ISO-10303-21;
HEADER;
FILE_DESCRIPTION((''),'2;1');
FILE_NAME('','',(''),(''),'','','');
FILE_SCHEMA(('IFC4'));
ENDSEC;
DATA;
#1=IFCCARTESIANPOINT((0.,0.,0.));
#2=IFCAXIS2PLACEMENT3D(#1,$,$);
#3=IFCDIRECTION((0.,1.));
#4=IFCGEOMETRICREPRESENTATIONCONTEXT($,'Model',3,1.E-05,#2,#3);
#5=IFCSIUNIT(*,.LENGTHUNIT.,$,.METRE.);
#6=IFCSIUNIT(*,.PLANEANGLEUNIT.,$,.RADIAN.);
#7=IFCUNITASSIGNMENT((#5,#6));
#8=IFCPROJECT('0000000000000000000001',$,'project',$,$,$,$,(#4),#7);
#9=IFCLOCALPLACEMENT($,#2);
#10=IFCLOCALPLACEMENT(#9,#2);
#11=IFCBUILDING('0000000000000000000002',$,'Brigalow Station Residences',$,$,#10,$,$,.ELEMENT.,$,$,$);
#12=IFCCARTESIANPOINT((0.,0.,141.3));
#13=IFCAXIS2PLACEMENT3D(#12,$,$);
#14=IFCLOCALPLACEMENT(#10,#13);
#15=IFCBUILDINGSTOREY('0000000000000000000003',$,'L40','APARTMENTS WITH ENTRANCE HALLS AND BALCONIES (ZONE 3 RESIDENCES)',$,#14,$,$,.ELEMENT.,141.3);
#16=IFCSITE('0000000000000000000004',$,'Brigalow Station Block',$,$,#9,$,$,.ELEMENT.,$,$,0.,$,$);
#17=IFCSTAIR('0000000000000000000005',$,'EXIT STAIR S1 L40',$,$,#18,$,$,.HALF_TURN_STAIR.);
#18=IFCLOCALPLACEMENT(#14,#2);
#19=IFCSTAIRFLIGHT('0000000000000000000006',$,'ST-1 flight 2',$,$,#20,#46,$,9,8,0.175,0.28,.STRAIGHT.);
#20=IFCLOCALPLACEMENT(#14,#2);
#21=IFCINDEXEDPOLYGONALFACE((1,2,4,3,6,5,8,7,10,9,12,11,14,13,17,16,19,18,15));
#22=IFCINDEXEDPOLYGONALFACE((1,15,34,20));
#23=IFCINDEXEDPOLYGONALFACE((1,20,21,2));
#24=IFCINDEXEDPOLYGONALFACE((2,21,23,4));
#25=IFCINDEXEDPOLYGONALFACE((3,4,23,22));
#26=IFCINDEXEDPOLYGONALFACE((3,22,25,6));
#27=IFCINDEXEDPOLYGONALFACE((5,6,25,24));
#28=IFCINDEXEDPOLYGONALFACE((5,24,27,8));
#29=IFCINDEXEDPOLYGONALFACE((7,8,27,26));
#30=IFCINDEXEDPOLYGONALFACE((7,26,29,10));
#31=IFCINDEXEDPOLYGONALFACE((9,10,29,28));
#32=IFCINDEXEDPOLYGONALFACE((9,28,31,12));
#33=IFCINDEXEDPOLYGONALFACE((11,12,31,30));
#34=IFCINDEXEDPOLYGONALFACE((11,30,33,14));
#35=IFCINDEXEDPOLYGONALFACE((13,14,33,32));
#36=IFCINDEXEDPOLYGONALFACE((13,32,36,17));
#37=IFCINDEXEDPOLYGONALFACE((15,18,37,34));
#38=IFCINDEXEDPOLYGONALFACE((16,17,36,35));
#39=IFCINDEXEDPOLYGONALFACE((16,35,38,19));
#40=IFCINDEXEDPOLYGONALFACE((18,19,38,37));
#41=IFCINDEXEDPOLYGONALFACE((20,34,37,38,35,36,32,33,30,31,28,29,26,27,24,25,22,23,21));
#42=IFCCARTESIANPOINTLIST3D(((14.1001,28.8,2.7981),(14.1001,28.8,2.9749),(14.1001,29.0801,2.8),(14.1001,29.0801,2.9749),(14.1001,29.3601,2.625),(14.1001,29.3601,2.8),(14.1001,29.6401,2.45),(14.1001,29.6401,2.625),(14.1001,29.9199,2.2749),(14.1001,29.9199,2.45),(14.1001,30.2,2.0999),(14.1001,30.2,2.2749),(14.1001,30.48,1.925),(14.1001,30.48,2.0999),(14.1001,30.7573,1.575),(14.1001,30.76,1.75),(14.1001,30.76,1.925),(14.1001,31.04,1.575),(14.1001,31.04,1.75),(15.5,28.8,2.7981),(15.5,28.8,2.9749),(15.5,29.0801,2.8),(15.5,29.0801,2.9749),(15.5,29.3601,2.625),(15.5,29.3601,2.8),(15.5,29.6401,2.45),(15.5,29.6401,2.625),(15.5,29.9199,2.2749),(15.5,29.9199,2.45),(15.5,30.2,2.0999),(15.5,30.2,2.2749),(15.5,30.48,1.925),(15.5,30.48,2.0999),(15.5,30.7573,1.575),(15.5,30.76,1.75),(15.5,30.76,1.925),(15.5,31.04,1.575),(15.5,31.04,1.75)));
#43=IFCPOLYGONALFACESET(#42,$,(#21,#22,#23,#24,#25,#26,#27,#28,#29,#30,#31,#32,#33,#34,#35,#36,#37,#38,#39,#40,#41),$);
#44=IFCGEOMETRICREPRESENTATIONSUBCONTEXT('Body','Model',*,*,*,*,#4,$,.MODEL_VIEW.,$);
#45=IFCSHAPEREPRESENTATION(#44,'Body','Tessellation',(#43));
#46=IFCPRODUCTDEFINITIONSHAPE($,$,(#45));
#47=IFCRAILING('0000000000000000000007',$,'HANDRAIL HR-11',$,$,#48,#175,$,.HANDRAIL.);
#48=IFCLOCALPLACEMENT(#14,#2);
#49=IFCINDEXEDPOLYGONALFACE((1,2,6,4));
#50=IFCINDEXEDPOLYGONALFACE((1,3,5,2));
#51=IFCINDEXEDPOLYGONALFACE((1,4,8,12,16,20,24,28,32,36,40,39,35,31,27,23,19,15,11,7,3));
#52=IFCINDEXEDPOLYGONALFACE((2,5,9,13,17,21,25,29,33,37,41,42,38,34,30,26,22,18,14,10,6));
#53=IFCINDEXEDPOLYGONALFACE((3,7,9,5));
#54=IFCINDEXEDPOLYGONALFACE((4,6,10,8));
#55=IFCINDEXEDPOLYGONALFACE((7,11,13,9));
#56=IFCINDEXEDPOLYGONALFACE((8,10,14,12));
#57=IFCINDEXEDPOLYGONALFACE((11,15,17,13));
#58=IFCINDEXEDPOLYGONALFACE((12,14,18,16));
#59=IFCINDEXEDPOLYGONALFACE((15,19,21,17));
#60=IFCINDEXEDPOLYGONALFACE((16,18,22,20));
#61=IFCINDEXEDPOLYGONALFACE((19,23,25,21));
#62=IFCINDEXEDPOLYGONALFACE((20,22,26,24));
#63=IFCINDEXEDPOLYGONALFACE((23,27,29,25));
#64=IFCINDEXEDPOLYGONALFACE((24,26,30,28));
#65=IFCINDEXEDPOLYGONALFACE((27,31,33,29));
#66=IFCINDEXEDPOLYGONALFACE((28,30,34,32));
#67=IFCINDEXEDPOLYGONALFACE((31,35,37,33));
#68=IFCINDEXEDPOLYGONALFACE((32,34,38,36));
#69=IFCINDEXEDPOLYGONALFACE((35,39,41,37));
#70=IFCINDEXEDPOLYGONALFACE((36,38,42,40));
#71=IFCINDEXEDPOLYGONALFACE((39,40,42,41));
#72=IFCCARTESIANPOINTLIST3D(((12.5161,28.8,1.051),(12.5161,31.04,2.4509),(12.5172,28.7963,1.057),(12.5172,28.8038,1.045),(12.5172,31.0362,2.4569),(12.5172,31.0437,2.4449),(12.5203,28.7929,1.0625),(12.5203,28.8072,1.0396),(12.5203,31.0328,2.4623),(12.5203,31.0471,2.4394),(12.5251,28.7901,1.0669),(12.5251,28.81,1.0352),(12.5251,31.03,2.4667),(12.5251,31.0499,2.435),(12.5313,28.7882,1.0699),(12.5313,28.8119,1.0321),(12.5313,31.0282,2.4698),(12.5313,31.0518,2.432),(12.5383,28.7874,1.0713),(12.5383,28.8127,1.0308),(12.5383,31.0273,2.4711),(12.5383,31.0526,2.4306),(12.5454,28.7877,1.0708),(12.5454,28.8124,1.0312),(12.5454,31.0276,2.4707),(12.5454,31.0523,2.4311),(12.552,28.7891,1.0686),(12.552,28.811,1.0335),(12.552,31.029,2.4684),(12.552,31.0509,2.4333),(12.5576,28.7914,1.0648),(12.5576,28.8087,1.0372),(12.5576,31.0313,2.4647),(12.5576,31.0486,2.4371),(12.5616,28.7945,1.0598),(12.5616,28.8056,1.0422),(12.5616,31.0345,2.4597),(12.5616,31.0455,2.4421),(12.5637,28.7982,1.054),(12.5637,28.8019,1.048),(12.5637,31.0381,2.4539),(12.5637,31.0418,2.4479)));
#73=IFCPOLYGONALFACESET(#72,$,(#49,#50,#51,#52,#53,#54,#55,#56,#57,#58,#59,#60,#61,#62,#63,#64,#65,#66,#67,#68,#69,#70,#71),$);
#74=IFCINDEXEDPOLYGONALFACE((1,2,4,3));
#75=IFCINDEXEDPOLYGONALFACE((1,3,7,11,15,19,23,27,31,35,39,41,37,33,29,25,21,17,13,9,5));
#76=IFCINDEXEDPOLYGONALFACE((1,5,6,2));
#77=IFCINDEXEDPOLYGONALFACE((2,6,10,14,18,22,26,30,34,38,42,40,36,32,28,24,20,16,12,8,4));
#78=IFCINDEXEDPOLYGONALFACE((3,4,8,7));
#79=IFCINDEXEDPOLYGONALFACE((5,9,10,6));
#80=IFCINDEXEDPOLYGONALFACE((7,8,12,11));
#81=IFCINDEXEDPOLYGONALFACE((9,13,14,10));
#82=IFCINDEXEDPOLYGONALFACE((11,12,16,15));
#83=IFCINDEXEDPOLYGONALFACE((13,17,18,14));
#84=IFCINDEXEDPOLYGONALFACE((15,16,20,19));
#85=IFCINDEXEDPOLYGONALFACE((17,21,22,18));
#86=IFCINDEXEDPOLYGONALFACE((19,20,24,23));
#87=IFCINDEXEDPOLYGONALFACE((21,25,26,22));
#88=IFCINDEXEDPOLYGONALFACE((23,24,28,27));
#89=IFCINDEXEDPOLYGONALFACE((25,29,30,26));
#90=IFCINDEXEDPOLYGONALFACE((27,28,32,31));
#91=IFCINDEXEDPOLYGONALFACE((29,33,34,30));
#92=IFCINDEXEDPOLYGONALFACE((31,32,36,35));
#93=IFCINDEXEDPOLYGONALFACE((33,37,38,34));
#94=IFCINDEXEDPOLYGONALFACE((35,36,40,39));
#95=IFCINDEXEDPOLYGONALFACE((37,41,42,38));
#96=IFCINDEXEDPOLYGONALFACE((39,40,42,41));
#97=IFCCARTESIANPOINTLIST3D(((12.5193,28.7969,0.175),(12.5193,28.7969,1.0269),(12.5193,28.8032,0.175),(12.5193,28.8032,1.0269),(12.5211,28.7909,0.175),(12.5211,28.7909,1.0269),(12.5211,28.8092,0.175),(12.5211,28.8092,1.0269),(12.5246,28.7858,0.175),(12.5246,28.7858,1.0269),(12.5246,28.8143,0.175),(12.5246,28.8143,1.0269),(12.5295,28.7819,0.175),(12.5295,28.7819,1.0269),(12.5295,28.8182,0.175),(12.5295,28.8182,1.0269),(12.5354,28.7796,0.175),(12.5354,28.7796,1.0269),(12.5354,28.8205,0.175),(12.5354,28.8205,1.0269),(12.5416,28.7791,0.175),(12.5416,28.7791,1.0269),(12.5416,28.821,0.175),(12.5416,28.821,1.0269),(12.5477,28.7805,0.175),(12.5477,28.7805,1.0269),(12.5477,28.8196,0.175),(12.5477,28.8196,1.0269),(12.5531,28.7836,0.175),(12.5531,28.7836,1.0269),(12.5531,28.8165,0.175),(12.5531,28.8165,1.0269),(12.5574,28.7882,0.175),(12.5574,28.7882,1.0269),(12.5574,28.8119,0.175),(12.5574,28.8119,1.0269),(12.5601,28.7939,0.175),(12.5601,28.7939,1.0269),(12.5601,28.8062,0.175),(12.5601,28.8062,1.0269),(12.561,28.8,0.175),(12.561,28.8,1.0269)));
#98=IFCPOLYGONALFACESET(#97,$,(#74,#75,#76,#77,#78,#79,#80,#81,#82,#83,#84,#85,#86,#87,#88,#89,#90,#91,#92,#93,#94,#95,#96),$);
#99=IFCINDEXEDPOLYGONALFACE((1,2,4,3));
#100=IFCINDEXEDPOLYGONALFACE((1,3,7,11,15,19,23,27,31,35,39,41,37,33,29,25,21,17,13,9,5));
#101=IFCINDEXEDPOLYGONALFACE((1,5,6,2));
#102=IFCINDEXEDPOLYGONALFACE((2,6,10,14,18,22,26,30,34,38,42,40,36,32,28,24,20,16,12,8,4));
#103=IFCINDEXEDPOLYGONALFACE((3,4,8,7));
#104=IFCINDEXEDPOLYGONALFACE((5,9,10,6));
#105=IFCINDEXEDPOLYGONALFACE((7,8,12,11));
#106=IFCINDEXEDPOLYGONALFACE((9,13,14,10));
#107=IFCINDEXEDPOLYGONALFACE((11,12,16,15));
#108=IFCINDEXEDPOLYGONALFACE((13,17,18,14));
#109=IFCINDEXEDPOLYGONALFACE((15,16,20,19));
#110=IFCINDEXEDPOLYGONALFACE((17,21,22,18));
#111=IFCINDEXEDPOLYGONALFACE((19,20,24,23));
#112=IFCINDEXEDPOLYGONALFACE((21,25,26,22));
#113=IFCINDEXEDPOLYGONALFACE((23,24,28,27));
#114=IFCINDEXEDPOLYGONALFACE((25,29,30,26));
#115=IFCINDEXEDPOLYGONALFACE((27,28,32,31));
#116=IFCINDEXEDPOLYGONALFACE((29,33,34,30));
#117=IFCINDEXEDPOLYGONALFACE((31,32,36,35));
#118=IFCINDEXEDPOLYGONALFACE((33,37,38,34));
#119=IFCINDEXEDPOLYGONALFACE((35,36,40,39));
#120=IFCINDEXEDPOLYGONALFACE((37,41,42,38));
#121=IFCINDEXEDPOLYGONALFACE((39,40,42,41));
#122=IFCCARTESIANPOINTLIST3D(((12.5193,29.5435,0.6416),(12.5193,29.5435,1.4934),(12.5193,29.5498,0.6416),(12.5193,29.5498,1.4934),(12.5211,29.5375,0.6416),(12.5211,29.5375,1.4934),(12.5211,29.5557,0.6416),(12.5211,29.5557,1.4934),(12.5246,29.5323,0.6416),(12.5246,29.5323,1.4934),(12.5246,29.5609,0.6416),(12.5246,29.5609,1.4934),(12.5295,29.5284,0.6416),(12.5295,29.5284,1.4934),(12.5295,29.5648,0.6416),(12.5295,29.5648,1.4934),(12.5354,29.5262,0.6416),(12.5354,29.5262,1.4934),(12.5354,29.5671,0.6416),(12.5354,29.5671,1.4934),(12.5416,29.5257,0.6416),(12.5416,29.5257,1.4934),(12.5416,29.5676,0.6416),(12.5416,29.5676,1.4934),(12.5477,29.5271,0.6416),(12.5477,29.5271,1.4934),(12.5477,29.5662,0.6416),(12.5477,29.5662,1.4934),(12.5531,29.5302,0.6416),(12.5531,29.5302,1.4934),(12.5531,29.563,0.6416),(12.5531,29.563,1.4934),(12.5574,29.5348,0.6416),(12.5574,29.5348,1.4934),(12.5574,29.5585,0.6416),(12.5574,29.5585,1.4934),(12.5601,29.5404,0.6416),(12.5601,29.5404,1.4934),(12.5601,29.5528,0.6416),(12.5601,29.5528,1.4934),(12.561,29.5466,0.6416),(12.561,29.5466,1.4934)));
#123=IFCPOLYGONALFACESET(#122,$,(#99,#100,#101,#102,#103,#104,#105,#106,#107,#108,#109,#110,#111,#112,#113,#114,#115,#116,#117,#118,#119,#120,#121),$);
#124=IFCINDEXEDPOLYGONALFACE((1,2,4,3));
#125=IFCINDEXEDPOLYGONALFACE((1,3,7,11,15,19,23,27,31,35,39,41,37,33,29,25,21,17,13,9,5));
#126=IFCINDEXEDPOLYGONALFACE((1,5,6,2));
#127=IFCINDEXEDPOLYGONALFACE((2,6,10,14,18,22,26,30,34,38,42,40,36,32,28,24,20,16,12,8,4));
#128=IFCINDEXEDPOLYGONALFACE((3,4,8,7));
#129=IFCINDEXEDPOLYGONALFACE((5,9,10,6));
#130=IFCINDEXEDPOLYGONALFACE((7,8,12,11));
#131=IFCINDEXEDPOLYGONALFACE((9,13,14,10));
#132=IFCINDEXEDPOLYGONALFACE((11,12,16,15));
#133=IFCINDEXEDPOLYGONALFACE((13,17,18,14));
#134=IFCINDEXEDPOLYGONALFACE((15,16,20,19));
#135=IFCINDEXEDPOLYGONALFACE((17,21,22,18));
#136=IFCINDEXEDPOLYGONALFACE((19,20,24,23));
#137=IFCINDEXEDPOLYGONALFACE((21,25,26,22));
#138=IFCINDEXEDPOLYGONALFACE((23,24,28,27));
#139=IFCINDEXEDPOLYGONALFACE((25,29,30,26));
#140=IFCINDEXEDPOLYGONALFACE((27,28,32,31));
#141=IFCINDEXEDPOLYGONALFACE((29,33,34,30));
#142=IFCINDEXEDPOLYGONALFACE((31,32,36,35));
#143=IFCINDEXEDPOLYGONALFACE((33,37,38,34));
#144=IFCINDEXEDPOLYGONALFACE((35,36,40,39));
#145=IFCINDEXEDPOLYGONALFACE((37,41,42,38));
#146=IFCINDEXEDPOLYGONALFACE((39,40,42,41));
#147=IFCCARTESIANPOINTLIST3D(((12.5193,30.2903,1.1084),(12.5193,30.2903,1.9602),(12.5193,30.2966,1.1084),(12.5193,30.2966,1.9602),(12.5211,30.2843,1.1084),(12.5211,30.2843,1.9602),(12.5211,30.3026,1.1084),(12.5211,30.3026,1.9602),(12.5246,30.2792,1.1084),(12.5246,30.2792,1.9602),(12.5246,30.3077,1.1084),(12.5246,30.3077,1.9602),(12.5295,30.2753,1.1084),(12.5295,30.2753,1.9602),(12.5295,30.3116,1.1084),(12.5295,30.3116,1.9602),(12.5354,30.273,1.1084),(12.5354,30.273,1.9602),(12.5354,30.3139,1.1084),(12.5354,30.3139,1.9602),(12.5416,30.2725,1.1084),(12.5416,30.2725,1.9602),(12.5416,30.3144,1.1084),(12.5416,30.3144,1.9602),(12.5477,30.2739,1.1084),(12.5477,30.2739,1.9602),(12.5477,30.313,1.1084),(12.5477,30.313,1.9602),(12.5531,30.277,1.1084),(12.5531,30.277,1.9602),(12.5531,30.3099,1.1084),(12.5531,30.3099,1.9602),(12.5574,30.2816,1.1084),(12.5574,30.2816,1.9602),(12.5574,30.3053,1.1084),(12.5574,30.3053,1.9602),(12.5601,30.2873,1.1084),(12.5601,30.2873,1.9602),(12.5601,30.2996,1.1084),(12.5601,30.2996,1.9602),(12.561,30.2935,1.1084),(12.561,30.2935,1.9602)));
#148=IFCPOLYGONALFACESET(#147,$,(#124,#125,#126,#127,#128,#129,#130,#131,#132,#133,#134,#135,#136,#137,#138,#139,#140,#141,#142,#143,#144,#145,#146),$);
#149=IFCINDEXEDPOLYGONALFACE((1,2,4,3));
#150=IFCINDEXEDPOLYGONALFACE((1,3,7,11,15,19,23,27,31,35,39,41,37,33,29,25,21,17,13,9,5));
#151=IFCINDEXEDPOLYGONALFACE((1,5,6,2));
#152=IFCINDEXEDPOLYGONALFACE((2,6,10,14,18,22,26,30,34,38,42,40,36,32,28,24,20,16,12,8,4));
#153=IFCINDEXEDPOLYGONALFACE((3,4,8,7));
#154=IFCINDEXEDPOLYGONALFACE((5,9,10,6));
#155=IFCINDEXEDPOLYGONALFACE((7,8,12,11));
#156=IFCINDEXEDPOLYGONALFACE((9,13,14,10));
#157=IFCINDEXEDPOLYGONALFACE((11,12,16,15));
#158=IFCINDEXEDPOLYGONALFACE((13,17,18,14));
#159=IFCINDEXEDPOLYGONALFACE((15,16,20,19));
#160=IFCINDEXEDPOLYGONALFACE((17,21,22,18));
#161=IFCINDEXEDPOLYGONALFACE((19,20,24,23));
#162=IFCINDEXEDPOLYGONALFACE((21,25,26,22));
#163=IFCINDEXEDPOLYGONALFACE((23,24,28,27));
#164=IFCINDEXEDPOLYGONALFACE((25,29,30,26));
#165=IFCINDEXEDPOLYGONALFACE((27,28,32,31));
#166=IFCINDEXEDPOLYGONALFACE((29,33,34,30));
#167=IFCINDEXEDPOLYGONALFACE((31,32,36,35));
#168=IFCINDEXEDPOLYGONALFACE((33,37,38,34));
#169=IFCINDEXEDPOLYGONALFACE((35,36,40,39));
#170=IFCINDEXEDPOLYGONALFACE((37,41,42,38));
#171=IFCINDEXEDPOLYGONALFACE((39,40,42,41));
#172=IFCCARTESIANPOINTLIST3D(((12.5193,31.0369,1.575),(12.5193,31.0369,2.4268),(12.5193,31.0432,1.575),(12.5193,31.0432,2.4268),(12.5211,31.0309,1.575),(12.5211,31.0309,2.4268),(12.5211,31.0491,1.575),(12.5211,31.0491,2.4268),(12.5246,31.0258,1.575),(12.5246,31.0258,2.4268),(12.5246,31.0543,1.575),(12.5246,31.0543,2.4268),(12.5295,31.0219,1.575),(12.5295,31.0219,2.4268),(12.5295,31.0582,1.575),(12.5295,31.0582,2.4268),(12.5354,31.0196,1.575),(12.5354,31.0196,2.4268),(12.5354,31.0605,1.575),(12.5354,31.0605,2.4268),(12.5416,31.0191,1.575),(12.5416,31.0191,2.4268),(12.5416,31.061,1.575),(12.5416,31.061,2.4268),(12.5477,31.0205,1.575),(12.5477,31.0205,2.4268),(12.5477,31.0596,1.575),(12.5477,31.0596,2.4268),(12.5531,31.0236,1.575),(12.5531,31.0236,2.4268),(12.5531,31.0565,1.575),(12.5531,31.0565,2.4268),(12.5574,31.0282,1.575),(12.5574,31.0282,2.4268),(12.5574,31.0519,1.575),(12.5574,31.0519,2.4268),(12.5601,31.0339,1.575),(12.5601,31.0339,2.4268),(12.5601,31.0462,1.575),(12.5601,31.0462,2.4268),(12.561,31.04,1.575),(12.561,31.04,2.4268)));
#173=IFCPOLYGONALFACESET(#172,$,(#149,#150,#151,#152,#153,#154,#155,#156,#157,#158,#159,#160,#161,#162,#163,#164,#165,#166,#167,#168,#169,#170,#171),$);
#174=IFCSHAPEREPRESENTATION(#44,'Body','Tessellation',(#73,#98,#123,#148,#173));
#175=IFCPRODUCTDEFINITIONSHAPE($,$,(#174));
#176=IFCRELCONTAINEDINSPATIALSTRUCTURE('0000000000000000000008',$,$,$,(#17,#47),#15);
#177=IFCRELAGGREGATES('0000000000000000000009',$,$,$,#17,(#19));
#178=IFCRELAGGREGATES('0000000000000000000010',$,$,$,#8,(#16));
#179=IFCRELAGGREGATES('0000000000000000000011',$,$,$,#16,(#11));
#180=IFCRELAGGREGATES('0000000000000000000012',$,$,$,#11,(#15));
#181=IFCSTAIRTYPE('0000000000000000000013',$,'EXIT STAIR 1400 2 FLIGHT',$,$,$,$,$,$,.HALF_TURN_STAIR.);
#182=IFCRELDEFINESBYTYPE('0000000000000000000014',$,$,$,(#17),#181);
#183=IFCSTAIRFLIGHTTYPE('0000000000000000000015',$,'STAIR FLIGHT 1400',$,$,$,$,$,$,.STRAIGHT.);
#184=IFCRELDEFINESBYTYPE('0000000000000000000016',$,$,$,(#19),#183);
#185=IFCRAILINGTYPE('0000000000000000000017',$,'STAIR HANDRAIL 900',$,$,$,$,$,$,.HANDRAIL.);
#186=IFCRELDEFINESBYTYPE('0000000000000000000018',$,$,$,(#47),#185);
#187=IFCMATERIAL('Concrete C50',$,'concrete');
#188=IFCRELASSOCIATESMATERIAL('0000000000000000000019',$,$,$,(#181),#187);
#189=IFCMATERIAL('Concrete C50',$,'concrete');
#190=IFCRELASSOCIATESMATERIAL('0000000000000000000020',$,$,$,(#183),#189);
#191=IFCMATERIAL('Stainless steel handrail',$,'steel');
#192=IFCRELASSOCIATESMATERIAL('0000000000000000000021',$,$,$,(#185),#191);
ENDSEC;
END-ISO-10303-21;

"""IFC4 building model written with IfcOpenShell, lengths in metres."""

from ifc_helpers import new_model, si_unit, direction, frame, origin, origin_2d, place, context, subcontext, project, spatial, polyline, circle, outline, extrude, material, type_object, element, aggregate, save


model = new_model("IFC4")

# Units and contexts
model_context = context("Model", 3, precision=1e-05, world=origin(), true_north=direction((0.0, 1.0)))
body_context = subcontext(model_context, "Body", "Model", "MODEL_VIEW")
ifc_project = project(units=[si_unit("LENGTHUNIT", "METRE"), si_unit("PLANEANGLEUNIT", "RADIAN")], contexts=[model_context])

# Site, building, storey
site_placement = place(None, origin())
site = spatial("IfcSite", under=ifc_project, at=site_placement, Name="Brigalow Station Block", CompositionType="ELEMENT", RefElevation=0.0)
building_placement = place(site_placement, origin())
building = spatial("IfcBuilding", under=site, at=building_placement, Name="Brigalow Station Residences", CompositionType="ELEMENT")
storey_placement = place(building_placement, frame((0.0, 0.0, 141.3)))
storey = spatial("IfcBuildingStorey", under=building, at=storey_placement, Name="L40", Description="APARTMENTS WITH ENTRANCE HALLS AND BALCONIES (ZONE 3 RESIDENCES)", CompositionType="ELEMENT", Elevation=141.3)

# Stair, stair flight
ifc_material_1 = material(Name="Concrete C50", Category="concrete")
stair_type = type_object("IfcStairType", Name="EXIT STAIR 1400 2 FLIGHT", PredefinedType="HALF_TURN_STAIR", material=ifc_material_1)
stair_placement = place(storey_placement, origin())
stair = element("IfcStair", 1, at=stair_placement, inside=storey, type_object=stair_type, Name="EXIT STAIR S1 L40", PredefinedType="HALF_TURN_STAIR")
ifc_material_2 = material(Name="Concrete C50", Category="concrete")
stair_flight_type = type_object("IfcStairFlightType", Name="STAIR FLIGHT 1400", PredefinedType="STRAIGHT", material=ifc_material_2)
stair_flight_1_placement = place(storey_placement, frame((14.8, 31.04, 1.575), z_axis=(0.0, 0.0, 1.0), x_axis=(0.0, -1.0, 0.0)))
stair_flight_1 = element("IfcStairFlight", 2, at=stair_flight_1_placement, type_object=stair_flight_type, Name="ST-1 flight 2", NumberOfRisers=9, NumberOfTreads=8, PredefinedType="STRAIGHT", RiserHeight=0.175, TreadLength=0.28, context=body_context, shape_type="SweptSolid", body=[
    extrude(outline(polyline([(0.0, 0.0), (0.0, 0.175), (0.28, 0.175), (0.28, 0.3501), (0.5601, 0.3501), (0.5601, 0.5249), (0.8401, 0.5249), (0.8401, 0.7), (1.1201, 0.7), (1.1201, 0.875), (1.3999, 0.875), (1.3999, 1.05), (1.6799, 1.05), (1.6799, 1.2251), (1.96, 1.2251), (1.96, 1.3999), (2.24, 1.3999), (2.24, 1.575), (2.24, 1.2231), (0.2827, 0.0), (0.0, 0.0)])), frame((0.0, 0.7, 0.0), z_axis=(0.0, -1.0, 0.0), x_axis=(1.0, 0.0, 0.0)), (0.0, 0.0, 1.0), 1.3999),
])
aggregate(stair, [stair_flight_1])

# Railing
ifc_material_3 = material(Name="Stainless steel handrail", Category="steel")
railing_type_1 = type_object("IfcRailingType", Name="STAIR HANDRAIL 900", PredefinedType="HANDRAIL", material=ifc_material_3)
railing_1_placement = place(storey_placement, frame((12.54, 28.8, 0.175)))
element("IfcRailing", 3, at=railing_1_placement, inside=storey, type_object=railing_type_1, Name="HANDRAIL HR-11", PredefinedType="HANDRAIL", context=body_context, shape_type="SweptSolid", body=[
    extrude(circle(Radius=0.0239, at=origin_2d()), frame((0.0, 0.0, 0.876), z_axis=(0.0, 0.848014, 0.529974), x_axis=(-1.0, 0.0, 0.0)), (0.0, 0.0, 1.0), 2.6414),
    extrude(circle(Radius=0.021, at=origin_2d()), origin(), (0.0, 0.0, 1.0), 0.8518),
    extrude(circle(Radius=0.021, at=origin_2d()), frame((0.0, 0.7466, 0.4666)), (0.0, 0.0, 1.0), 0.8518),
    extrude(circle(Radius=0.021, at=origin_2d()), frame((0.0, 1.4934, 0.9333)), (0.0, 0.0, 1.0), 0.8518),
    extrude(circle(Radius=0.021, at=origin_2d()), frame((0.0, 2.24, 1.3999)), (0.0, 0.0, 1.0), 0.8518),
])

save(model, "model.ifc")
